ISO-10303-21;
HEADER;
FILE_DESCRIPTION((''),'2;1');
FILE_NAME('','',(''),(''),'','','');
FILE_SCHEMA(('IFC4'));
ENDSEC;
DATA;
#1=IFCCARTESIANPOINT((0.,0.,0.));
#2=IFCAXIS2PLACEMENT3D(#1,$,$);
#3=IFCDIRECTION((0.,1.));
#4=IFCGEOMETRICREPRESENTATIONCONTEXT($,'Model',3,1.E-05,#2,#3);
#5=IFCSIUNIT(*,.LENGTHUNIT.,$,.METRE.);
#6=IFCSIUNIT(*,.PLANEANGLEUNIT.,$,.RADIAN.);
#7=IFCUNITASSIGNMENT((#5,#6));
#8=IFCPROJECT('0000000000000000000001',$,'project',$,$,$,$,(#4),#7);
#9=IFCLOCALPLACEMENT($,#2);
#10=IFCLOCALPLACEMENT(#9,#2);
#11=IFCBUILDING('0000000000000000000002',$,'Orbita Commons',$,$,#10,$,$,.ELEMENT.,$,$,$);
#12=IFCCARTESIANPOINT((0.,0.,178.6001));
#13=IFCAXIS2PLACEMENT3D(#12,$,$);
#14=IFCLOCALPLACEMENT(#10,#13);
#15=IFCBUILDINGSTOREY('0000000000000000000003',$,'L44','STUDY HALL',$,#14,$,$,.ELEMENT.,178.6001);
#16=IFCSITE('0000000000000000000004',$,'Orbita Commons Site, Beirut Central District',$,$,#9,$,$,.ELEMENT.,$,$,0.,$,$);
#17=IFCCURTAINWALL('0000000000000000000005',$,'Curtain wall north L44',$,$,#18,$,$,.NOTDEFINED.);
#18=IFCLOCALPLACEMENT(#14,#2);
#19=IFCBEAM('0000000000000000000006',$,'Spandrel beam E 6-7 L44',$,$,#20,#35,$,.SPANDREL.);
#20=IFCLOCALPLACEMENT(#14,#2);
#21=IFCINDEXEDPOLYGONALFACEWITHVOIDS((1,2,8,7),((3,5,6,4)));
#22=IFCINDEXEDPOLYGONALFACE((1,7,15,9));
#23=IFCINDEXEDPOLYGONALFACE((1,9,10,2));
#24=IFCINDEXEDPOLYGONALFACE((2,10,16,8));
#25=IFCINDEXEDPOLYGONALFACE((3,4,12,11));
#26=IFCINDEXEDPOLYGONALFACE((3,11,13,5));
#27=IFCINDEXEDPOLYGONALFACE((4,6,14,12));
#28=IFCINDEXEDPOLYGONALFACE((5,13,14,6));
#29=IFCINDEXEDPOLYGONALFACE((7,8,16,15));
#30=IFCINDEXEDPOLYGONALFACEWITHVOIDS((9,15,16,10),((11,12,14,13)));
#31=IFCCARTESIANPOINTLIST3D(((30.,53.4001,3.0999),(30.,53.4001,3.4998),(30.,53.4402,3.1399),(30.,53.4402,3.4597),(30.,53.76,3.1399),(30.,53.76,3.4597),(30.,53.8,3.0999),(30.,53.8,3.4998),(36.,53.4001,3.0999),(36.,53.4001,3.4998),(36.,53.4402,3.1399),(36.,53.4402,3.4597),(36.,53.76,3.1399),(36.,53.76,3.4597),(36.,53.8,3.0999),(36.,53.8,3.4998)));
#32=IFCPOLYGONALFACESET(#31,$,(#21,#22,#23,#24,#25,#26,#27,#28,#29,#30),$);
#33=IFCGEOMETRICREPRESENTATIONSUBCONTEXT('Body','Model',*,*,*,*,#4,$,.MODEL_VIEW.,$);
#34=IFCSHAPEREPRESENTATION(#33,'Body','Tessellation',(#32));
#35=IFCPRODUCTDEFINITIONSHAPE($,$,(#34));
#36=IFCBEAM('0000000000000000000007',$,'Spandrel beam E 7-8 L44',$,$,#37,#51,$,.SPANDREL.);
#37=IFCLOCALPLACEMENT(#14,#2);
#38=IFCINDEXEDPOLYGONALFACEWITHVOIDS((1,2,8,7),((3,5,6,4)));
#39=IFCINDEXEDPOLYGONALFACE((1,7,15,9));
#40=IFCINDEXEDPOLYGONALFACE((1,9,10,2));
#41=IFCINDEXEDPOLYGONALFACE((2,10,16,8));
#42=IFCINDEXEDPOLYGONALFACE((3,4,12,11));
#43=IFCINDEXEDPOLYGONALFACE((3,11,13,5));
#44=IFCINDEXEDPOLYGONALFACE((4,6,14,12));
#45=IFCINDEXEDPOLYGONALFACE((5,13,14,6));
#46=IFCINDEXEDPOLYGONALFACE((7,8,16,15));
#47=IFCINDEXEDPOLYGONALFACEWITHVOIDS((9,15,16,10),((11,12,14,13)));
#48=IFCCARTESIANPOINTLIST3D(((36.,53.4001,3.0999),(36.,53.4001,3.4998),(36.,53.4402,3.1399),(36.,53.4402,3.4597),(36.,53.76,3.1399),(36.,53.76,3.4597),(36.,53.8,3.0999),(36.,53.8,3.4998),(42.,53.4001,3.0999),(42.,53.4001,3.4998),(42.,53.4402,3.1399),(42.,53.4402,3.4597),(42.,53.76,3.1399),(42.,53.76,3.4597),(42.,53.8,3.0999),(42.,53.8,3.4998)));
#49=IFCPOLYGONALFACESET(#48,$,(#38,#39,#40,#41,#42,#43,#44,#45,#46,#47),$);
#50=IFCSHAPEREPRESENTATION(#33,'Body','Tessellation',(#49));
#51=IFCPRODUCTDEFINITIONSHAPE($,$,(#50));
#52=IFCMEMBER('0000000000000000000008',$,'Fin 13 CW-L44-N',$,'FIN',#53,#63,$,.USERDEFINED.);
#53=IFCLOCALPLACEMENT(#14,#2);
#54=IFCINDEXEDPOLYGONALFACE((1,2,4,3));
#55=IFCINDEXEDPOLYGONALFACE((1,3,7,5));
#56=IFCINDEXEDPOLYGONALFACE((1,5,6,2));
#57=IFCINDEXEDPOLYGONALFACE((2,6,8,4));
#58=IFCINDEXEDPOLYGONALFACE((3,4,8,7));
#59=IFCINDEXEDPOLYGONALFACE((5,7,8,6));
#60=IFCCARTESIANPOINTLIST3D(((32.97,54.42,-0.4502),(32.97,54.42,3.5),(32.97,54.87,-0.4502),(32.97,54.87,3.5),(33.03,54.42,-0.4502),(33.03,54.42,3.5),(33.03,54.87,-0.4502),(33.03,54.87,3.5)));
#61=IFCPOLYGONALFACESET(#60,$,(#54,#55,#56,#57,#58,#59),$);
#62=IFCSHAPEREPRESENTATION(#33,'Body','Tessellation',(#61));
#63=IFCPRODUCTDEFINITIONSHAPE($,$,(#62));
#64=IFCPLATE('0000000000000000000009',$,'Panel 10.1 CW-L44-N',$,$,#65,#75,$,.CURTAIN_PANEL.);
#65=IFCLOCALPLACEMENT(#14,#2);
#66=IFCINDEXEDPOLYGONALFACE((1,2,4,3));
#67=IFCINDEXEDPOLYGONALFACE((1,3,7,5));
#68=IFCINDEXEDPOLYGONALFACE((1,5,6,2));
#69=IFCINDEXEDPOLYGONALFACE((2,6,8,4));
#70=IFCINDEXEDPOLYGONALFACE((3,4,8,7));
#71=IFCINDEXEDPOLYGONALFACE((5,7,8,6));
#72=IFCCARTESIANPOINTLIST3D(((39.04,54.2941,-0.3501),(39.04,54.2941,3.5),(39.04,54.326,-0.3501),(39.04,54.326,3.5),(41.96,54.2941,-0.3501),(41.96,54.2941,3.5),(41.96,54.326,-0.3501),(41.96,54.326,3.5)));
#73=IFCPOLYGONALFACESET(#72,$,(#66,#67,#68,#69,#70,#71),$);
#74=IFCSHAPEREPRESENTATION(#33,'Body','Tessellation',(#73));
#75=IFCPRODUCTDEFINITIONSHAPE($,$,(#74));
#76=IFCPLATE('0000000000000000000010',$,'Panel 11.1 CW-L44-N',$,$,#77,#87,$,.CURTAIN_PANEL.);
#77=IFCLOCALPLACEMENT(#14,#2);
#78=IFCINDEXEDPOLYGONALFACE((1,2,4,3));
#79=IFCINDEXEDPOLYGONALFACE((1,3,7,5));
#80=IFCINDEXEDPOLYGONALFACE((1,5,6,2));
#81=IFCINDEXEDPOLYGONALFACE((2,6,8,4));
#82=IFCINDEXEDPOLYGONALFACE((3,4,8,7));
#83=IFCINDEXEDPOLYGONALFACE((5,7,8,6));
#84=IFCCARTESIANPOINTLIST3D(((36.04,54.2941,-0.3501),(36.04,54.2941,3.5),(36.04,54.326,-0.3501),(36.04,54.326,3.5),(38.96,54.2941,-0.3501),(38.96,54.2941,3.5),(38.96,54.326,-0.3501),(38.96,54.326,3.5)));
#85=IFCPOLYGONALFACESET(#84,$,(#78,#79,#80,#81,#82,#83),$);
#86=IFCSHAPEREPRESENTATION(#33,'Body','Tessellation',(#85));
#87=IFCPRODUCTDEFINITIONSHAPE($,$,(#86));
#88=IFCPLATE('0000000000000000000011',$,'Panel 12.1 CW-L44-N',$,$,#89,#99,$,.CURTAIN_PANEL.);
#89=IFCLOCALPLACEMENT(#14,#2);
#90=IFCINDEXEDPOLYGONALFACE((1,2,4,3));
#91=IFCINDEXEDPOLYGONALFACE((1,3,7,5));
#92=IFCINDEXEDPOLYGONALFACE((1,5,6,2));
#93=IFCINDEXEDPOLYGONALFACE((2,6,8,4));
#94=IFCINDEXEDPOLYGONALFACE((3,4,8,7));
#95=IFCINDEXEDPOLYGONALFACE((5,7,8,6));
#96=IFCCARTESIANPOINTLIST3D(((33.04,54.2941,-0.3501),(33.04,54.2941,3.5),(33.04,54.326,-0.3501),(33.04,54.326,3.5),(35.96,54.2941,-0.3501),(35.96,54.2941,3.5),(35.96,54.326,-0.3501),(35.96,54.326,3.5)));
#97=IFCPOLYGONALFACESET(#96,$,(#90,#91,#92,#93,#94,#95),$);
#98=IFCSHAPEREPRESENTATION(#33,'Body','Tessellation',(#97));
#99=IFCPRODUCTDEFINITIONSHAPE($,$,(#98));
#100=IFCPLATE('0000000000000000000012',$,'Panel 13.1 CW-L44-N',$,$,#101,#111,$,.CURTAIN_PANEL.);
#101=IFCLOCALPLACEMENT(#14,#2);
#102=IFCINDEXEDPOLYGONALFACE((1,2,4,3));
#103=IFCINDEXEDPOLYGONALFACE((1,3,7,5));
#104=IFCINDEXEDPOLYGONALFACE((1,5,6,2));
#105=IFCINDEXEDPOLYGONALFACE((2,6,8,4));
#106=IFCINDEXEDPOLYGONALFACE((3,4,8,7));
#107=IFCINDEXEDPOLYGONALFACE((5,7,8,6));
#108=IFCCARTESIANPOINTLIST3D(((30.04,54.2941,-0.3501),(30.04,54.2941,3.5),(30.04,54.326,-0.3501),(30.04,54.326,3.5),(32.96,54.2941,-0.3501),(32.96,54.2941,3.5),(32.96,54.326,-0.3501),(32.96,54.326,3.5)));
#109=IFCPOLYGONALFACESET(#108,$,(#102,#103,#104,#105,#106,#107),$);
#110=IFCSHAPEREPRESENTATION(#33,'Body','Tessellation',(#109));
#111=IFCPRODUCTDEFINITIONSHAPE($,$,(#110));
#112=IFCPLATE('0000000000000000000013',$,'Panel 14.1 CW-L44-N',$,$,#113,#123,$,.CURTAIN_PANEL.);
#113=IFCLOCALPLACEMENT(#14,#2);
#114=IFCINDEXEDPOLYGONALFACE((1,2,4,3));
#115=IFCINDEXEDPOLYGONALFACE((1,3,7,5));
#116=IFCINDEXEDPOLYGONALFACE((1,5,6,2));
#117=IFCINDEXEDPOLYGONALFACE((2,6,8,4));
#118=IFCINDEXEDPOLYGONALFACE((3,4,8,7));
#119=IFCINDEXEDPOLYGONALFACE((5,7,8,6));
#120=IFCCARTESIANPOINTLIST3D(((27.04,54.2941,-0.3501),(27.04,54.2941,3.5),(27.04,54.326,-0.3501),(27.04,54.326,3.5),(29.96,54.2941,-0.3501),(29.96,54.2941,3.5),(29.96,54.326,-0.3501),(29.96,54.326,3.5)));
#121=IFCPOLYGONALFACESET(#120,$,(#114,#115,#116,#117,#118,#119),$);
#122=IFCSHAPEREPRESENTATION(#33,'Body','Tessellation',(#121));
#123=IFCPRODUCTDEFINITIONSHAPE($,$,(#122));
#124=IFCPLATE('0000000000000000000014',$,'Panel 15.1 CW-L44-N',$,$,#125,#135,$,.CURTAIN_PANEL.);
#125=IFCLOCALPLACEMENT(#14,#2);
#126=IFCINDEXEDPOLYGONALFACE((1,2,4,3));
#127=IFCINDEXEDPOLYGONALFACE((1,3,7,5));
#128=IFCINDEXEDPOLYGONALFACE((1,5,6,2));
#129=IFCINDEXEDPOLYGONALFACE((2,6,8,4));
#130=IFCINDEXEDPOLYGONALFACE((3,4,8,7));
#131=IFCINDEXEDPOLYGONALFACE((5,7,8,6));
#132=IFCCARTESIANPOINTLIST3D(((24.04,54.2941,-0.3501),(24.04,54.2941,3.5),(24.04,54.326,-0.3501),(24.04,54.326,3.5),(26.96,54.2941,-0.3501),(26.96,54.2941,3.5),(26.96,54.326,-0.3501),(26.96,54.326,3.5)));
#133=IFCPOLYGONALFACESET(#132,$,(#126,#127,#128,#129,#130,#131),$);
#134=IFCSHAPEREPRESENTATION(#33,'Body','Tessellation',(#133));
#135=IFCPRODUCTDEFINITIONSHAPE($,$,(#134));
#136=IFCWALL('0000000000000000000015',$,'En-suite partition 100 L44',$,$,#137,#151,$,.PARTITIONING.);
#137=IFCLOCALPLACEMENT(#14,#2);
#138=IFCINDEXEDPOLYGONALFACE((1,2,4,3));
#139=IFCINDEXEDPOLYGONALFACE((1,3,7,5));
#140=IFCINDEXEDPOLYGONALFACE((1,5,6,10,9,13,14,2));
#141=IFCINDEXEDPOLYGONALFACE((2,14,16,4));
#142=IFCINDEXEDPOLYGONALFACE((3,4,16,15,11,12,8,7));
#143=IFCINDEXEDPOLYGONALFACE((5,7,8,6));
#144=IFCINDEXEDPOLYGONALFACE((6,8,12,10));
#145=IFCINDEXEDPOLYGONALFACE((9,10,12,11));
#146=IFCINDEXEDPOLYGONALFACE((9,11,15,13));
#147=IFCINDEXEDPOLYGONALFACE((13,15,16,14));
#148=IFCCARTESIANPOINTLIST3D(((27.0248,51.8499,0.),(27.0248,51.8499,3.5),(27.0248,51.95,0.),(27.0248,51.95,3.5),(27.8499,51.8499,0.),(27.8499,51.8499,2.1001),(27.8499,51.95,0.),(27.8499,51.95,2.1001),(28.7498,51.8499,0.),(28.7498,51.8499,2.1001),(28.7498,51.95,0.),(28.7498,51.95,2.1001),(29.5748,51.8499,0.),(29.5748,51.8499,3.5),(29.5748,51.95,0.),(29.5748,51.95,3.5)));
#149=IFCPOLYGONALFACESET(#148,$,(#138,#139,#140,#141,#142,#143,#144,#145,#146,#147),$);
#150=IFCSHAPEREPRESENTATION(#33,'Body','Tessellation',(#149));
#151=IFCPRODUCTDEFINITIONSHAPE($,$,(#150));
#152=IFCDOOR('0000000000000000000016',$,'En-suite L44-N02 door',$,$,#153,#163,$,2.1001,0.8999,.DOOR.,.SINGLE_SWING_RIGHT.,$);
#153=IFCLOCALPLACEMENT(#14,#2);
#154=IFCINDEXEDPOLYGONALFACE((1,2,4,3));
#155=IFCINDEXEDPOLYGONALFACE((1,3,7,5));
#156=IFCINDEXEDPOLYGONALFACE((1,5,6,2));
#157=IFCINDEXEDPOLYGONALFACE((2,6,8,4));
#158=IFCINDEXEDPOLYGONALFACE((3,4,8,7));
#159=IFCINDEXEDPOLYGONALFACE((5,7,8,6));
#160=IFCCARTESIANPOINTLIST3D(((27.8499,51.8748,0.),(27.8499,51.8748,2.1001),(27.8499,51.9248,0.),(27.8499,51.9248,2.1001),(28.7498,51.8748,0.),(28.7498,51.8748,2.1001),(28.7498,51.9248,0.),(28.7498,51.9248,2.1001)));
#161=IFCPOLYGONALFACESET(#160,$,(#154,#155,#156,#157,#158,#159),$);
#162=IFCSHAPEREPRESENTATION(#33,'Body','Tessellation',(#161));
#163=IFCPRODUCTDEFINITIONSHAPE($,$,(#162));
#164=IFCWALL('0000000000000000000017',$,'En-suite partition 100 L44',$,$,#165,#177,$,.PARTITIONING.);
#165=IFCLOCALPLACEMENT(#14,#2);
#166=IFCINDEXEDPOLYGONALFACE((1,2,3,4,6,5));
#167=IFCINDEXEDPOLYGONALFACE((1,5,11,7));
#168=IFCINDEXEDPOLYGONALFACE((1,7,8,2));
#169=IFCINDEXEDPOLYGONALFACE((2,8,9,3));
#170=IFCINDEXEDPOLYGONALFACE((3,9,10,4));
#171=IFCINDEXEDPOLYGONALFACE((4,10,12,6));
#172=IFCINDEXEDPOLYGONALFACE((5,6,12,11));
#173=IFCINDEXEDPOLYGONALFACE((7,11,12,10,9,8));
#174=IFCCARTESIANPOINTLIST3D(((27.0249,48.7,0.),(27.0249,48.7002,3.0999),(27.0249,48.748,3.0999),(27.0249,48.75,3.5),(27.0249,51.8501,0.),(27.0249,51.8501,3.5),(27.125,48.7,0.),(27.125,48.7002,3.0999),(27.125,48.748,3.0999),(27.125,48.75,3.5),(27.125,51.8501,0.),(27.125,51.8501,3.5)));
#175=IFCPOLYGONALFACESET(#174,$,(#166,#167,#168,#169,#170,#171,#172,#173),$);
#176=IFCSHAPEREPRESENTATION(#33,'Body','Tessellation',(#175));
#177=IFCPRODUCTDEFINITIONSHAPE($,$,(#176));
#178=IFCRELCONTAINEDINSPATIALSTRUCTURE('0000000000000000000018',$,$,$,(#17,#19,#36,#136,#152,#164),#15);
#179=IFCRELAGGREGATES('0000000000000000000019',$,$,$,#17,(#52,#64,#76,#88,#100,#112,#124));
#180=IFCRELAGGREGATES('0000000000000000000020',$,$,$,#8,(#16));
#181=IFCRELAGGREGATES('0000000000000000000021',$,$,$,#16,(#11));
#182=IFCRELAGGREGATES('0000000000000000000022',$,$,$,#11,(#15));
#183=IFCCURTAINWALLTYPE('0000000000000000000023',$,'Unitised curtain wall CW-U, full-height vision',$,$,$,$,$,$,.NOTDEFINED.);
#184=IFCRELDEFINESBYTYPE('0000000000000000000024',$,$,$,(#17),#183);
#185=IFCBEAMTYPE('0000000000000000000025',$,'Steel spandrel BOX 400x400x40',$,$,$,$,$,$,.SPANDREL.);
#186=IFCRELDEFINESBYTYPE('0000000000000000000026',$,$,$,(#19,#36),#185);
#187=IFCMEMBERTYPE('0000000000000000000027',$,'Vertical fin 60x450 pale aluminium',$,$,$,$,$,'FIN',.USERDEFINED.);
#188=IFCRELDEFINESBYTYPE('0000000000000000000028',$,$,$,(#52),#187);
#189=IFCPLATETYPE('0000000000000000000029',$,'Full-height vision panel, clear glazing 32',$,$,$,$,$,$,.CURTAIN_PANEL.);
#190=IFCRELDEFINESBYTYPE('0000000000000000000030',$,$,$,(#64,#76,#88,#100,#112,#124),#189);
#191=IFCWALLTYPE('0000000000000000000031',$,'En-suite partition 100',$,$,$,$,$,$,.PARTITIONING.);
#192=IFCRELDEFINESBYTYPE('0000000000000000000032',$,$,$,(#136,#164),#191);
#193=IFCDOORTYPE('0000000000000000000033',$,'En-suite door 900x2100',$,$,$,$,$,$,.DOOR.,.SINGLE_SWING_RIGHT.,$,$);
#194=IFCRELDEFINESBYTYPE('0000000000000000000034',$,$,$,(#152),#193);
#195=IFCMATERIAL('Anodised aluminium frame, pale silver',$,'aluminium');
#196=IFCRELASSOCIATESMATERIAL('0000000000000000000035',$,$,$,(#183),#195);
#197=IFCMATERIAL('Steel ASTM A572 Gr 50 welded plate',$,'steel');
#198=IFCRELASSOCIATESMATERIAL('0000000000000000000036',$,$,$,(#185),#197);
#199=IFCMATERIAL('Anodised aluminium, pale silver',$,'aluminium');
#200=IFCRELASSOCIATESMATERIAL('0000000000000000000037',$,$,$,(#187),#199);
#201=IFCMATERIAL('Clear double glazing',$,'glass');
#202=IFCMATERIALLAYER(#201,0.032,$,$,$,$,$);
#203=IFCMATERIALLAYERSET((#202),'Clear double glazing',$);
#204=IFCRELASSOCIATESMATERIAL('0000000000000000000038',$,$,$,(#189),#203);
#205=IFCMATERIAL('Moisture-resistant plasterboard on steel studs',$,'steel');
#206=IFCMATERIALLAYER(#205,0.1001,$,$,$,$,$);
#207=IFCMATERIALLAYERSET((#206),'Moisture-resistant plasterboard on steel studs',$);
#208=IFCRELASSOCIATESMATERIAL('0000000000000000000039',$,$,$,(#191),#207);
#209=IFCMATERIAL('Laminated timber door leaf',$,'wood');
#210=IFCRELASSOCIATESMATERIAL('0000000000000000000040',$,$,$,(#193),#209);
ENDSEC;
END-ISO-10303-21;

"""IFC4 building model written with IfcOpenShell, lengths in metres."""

from ifc_helpers import new_model, si_unit, direction, frame, frame_2d, origin, origin_2d, place, context, subcontext, project, spatial, polyline, rectangle, hollow_rectangle, outline, extrude, material, layer, layer_set, material_profile, profile_set, type_object, element, fill, aggregate, save


model = new_model("IFC4")

# Units and contexts
model_context = context("Model", 3, precision=1e-05, world=origin(), true_north=direction((0.0, 1.0)))
body_context = subcontext(model_context, "Body", "Model", "MODEL_VIEW")
ifc_project = project(units=[si_unit("LENGTHUNIT", "METRE"), si_unit("PLANEANGLEUNIT", "RADIAN")], contexts=[model_context])

# Site, building, storey
site_placement = place(None, origin())
site = spatial("IfcSite", under=ifc_project, at=site_placement, Name="Orbita Commons Site, Beirut Central District", CompositionType="ELEMENT", RefElevation=0.0)
building_placement = place(site_placement, origin())
building = spatial("IfcBuilding", under=site, at=building_placement, Name="Orbita Commons", CompositionType="ELEMENT")
storey_placement = place(building_placement, frame((0.0, 0.0, 178.6001)))
storey = spatial("IfcBuildingStorey", under=building, at=storey_placement, Name="L44", Description="STUDY HALL", CompositionType="ELEMENT", Elevation=178.6001)

# Curtain wall
ifc_material_1 = material(Name="Anodised aluminium frame, pale silver", Category="aluminium")
curtain_wall_type = type_object("IfcCurtainWallType", Name="Unitised curtain wall CW-U, full-height vision", PredefinedType="NOTDEFINED", material=ifc_material_1)
curtain_wall_placement = place(storey_placement, origin())
curtain_wall = element("IfcCurtainWall", 1, at=curtain_wall_placement, inside=storey, type_object=curtain_wall_type, Name="Curtain wall north L44", PredefinedType="NOTDEFINED")

# Beams
ifc_material_2 = material(Name="Steel ASTM A572 Gr 50 welded plate", Category="steel")
ifc_material_profile_1 = material_profile(ifc_material_2, hollow_rectangle(XDim=0.3999, YDim=0.3999, WallThickness=0.04, at=origin_2d()), Name="BOX 400x400x40")
ifc_profile_set_1 = profile_set([ifc_material_profile_1], Name="Steel ASTM A572 Gr 50 welded plate")
beam_type = type_object("IfcBeamType", Name="Steel spandrel BOX 400x400x40", PredefinedType="SPANDREL", material=ifc_profile_set_1)
for number, where, z_axis, x_axis, name in (
    (2, (30.0, 53.6001, 3.2998), (1.0, 0.0, 0.0), (0.0, 1.0, 0.0), "Spandrel beam E 6-7 L44"),
    (3, (36.0, 53.6001, 3.2998), (1.0, 0.0, 0.0), (0.0, 1.0, 0.0), "Spandrel beam E 7-8 L44"),
):
    element("IfcBeam", number, at=place(storey_placement, frame(where, z_axis=z_axis, x_axis=x_axis)), inside=storey, type_object=beam_type, Name=name, PredefinedType="SPANDREL", context=body_context, shape_type="SweptSolid", body=[
        extrude(hollow_rectangle(XDim=0.3999, YDim=0.3999, WallThickness=0.04, at=origin_2d()), origin(), (0.0, 0.0, 1.0), 6.0),
    ])

# Member
ifc_material_3 = material(Name="Anodised aluminium, pale silver", Category="aluminium")
ifc_material_profile_2 = material_profile(ifc_material_3, rectangle(XDim=0.0601, YDim=0.45, at=origin_2d()), Name="FIN 60x450")
ifc_profile_set_2 = profile_set([ifc_material_profile_2], Name="Anodised aluminium, pale silver")
member_type_1 = type_object("IfcMemberType", Name="Vertical fin 60x450 pale aluminium", ElementType="FIN", PredefinedType="USERDEFINED", material=ifc_profile_set_2)
member_1_placement = place(storey_placement, frame((33.0, 54.645, -0.4502), z_axis=(0.0, 0.0, 1.0), x_axis=(-1.0, 0.0, 0.0)))
member_1 = element("IfcMember", 4, at=member_1_placement, type_object=member_type_1, Name="Fin 13 CW-L44-N", ObjectType="FIN", PredefinedType="USERDEFINED", context=body_context, shape_type="SweptSolid", body=[
    extrude(rectangle(XDim=0.0601, YDim=0.45, at=origin_2d()), origin(), (0.0, 0.0, 1.0), 3.9502),
])

# Plates
ifc_material_4 = material(Name="Clear double glazing", Category="glass")
ifc_layer_1 = layer(ifc_material_4, 0.032)
ifc_layer_set_1 = layer_set([ifc_layer_1], Name="Clear double glazing")
plate_type = type_object("IfcPlateType", Name="Full-height vision panel, clear glazing 32", PredefinedType="CURTAIN_PANEL", material=ifc_layer_set_1)
plate_1_placement = place(storey_placement, frame((40.5, 54.3101, -0.3501), z_axis=(0.0, 0.0, 1.0), x_axis=(-1.0, 0.0, 0.0)))
plate_1 = element("IfcPlate", 5, at=plate_1_placement, type_object=plate_type, Name="Panel 10.1 CW-L44-N", PredefinedType="CURTAIN_PANEL", context=body_context, shape_type="SweptSolid", body=[
    extrude(rectangle(XDim=2.9199, YDim=0.032, at=origin_2d()), origin(), (0.0, 0.0, 1.0), 3.8501),
])
plate_2_placement = place(storey_placement, frame((37.5, 54.3101, -0.3501), z_axis=(0.0, 0.0, 1.0), x_axis=(-1.0, 0.0, 0.0)))
plate_2 = element("IfcPlate", 6, at=plate_2_placement, type_object=plate_type, Name="Panel 11.1 CW-L44-N", PredefinedType="CURTAIN_PANEL", context=body_context, shape_type="SweptSolid", body=[
    extrude(rectangle(XDim=2.9199, YDim=0.032, at=origin_2d()), origin(), (0.0, 0.0, 1.0), 3.8501),
])
plate_3_placement = place(storey_placement, frame((34.5, 54.3101, -0.3501), z_axis=(0.0, 0.0, 1.0), x_axis=(-1.0, 0.0, 0.0)))
plate_3 = element("IfcPlate", 7, at=plate_3_placement, type_object=plate_type, Name="Panel 12.1 CW-L44-N", PredefinedType="CURTAIN_PANEL", context=body_context, shape_type="SweptSolid", body=[
    extrude(rectangle(XDim=2.9199, YDim=0.032, at=origin_2d()), origin(), (0.0, 0.0, 1.0), 3.8501),
])
plate_4_placement = place(storey_placement, frame((31.5, 54.3101, -0.3501), z_axis=(0.0, 0.0, 1.0), x_axis=(-1.0, 0.0, 0.0)))
plate_4 = element("IfcPlate", 8, at=plate_4_placement, type_object=plate_type, Name="Panel 13.1 CW-L44-N", PredefinedType="CURTAIN_PANEL", context=body_context, shape_type="SweptSolid", body=[
    extrude(rectangle(XDim=2.9199, YDim=0.032, at=origin_2d()), origin(), (0.0, 0.0, 1.0), 3.8501),
])
plate_5_placement = place(storey_placement, frame((28.5, 54.3101, -0.3501), z_axis=(0.0, 0.0, 1.0), x_axis=(-1.0, 0.0, 0.0)))
plate_5 = element("IfcPlate", 9, at=plate_5_placement, type_object=plate_type, Name="Panel 14.1 CW-L44-N", PredefinedType="CURTAIN_PANEL", context=body_context, shape_type="SweptSolid", body=[
    extrude(rectangle(XDim=2.9199, YDim=0.032, at=origin_2d()), origin(), (0.0, 0.0, 1.0), 3.8501),
])
plate_6_placement = place(storey_placement, frame((25.5, 54.3101, -0.3501), z_axis=(0.0, 0.0, 1.0), x_axis=(-1.0, 0.0, 0.0)))
plate_6 = element("IfcPlate", 10, at=plate_6_placement, type_object=plate_type, Name="Panel 15.1 CW-L44-N", PredefinedType="CURTAIN_PANEL", context=body_context, shape_type="SweptSolid", body=[
    extrude(rectangle(XDim=2.9199, YDim=0.032, at=origin_2d()), origin(), (0.0, 0.0, 1.0), 3.8501),
])
aggregate(curtain_wall, [member_1, plate_1, plate_2, plate_3, plate_4, plate_5, plate_6])

# Wall, opening, door
ifc_material_5 = material(Name="Moisture-resistant plasterboard on steel studs", Category="steel")
ifc_layer_2 = layer(ifc_material_5, 0.1001)
ifc_layer_set_2 = layer_set([ifc_layer_2], Name="Moisture-resistant plasterboard on steel studs")
wall_type_1 = type_object("IfcWallType", Name="En-suite partition 100", PredefinedType="PARTITIONING", material=ifc_layer_set_2)
wall_1_placement = place(storey_placement, frame((27.0249, 51.8999, 0.0), z_axis=(0.0, 0.0, 1.0), x_axis=(1.0, 0.0, 0.0)))
wall_1 = element("IfcWall", 11, at=wall_1_placement, inside=storey, type_object=wall_type_1, Name="En-suite partition 100 L44", PredefinedType="PARTITIONING", context=body_context, shape_type="SweptSolid", body=[
    extrude(rectangle(XDim=2.55, YDim=0.1001, at=frame_2d((1.2749, 0.0))), origin(), (0.0, 0.0, 1.0), 3.5),
])
opening_placement = place(wall_1_placement, frame((0.825, 0.0, 0.0)))
opening = element("IfcOpeningElement", 12, at=opening_placement, cuts=wall_1, PredefinedType="OPENING", context=body_context, shape_type="SweptSolid", body=[
    extrude(rectangle(XDim=0.8999, YDim=2.1001, at=frame_2d((0.45, 1.05))), frame((0.0, 0.0601, 0.0), z_axis=(0.0, -1.0, 0.0), x_axis=(1.0, 0.0, 0.0)), (0.0, 0.0, 1.0), 0.1201),
])
ifc_material_6 = material(Name="Laminated timber door leaf", Category="wood")
door_type = type_object("IfcDoorType", Name="En-suite door 900x2100", OperationType="SINGLE_SWING_RIGHT", PredefinedType="DOOR", material=ifc_material_6)
door_placement = place(opening_placement, origin())
door = element("IfcDoor", 13, at=door_placement, inside=storey, type_object=door_type, Name="En-suite L44-N02 door", OperationType="SINGLE_SWING_RIGHT", OverallHeight=2.1001, OverallWidth=0.8999, PredefinedType="DOOR", context=body_context, shape_type="SweptSolid", body=[
    extrude(rectangle(XDim=0.8999, YDim=2.1001, at=frame_2d((0.45, 1.05))), frame((0.0, 0.0249, 0.0), z_axis=(0.0, -1.0, 0.0), x_axis=(1.0, 0.0, 0.0)), (0.0, 0.0, 1.0), 0.05),
])
fill(opening, door)

# Wall
wall_2_placement = place(storey_placement, frame((27.075, 51.8501, 0.0), z_axis=(0.0, 0.0, 1.0), x_axis=(0.0, -1.0, 0.0)))
element("IfcWall", 14, at=wall_2_placement, inside=storey, type_object=wall_type_1, Name="En-suite partition 100 L44", PredefinedType="PARTITIONING", context=body_context, shape_type="SweptSolid", body=[
    extrude(outline(polyline([(0.0, 0.0), (3.1501, 0.0), (3.1499, 3.0999), (3.1021, 3.0999), (3.1001, 3.5), (0.0, 3.5), (0.0, 0.0)])), frame((0.0, 0.05, 0.0), z_axis=(0.0, -1.0, 0.0), x_axis=(1.0, 0.0, 0.0)), (0.0, 0.0, 1.0), 0.1001),
])

save(model, "model.ifc")
